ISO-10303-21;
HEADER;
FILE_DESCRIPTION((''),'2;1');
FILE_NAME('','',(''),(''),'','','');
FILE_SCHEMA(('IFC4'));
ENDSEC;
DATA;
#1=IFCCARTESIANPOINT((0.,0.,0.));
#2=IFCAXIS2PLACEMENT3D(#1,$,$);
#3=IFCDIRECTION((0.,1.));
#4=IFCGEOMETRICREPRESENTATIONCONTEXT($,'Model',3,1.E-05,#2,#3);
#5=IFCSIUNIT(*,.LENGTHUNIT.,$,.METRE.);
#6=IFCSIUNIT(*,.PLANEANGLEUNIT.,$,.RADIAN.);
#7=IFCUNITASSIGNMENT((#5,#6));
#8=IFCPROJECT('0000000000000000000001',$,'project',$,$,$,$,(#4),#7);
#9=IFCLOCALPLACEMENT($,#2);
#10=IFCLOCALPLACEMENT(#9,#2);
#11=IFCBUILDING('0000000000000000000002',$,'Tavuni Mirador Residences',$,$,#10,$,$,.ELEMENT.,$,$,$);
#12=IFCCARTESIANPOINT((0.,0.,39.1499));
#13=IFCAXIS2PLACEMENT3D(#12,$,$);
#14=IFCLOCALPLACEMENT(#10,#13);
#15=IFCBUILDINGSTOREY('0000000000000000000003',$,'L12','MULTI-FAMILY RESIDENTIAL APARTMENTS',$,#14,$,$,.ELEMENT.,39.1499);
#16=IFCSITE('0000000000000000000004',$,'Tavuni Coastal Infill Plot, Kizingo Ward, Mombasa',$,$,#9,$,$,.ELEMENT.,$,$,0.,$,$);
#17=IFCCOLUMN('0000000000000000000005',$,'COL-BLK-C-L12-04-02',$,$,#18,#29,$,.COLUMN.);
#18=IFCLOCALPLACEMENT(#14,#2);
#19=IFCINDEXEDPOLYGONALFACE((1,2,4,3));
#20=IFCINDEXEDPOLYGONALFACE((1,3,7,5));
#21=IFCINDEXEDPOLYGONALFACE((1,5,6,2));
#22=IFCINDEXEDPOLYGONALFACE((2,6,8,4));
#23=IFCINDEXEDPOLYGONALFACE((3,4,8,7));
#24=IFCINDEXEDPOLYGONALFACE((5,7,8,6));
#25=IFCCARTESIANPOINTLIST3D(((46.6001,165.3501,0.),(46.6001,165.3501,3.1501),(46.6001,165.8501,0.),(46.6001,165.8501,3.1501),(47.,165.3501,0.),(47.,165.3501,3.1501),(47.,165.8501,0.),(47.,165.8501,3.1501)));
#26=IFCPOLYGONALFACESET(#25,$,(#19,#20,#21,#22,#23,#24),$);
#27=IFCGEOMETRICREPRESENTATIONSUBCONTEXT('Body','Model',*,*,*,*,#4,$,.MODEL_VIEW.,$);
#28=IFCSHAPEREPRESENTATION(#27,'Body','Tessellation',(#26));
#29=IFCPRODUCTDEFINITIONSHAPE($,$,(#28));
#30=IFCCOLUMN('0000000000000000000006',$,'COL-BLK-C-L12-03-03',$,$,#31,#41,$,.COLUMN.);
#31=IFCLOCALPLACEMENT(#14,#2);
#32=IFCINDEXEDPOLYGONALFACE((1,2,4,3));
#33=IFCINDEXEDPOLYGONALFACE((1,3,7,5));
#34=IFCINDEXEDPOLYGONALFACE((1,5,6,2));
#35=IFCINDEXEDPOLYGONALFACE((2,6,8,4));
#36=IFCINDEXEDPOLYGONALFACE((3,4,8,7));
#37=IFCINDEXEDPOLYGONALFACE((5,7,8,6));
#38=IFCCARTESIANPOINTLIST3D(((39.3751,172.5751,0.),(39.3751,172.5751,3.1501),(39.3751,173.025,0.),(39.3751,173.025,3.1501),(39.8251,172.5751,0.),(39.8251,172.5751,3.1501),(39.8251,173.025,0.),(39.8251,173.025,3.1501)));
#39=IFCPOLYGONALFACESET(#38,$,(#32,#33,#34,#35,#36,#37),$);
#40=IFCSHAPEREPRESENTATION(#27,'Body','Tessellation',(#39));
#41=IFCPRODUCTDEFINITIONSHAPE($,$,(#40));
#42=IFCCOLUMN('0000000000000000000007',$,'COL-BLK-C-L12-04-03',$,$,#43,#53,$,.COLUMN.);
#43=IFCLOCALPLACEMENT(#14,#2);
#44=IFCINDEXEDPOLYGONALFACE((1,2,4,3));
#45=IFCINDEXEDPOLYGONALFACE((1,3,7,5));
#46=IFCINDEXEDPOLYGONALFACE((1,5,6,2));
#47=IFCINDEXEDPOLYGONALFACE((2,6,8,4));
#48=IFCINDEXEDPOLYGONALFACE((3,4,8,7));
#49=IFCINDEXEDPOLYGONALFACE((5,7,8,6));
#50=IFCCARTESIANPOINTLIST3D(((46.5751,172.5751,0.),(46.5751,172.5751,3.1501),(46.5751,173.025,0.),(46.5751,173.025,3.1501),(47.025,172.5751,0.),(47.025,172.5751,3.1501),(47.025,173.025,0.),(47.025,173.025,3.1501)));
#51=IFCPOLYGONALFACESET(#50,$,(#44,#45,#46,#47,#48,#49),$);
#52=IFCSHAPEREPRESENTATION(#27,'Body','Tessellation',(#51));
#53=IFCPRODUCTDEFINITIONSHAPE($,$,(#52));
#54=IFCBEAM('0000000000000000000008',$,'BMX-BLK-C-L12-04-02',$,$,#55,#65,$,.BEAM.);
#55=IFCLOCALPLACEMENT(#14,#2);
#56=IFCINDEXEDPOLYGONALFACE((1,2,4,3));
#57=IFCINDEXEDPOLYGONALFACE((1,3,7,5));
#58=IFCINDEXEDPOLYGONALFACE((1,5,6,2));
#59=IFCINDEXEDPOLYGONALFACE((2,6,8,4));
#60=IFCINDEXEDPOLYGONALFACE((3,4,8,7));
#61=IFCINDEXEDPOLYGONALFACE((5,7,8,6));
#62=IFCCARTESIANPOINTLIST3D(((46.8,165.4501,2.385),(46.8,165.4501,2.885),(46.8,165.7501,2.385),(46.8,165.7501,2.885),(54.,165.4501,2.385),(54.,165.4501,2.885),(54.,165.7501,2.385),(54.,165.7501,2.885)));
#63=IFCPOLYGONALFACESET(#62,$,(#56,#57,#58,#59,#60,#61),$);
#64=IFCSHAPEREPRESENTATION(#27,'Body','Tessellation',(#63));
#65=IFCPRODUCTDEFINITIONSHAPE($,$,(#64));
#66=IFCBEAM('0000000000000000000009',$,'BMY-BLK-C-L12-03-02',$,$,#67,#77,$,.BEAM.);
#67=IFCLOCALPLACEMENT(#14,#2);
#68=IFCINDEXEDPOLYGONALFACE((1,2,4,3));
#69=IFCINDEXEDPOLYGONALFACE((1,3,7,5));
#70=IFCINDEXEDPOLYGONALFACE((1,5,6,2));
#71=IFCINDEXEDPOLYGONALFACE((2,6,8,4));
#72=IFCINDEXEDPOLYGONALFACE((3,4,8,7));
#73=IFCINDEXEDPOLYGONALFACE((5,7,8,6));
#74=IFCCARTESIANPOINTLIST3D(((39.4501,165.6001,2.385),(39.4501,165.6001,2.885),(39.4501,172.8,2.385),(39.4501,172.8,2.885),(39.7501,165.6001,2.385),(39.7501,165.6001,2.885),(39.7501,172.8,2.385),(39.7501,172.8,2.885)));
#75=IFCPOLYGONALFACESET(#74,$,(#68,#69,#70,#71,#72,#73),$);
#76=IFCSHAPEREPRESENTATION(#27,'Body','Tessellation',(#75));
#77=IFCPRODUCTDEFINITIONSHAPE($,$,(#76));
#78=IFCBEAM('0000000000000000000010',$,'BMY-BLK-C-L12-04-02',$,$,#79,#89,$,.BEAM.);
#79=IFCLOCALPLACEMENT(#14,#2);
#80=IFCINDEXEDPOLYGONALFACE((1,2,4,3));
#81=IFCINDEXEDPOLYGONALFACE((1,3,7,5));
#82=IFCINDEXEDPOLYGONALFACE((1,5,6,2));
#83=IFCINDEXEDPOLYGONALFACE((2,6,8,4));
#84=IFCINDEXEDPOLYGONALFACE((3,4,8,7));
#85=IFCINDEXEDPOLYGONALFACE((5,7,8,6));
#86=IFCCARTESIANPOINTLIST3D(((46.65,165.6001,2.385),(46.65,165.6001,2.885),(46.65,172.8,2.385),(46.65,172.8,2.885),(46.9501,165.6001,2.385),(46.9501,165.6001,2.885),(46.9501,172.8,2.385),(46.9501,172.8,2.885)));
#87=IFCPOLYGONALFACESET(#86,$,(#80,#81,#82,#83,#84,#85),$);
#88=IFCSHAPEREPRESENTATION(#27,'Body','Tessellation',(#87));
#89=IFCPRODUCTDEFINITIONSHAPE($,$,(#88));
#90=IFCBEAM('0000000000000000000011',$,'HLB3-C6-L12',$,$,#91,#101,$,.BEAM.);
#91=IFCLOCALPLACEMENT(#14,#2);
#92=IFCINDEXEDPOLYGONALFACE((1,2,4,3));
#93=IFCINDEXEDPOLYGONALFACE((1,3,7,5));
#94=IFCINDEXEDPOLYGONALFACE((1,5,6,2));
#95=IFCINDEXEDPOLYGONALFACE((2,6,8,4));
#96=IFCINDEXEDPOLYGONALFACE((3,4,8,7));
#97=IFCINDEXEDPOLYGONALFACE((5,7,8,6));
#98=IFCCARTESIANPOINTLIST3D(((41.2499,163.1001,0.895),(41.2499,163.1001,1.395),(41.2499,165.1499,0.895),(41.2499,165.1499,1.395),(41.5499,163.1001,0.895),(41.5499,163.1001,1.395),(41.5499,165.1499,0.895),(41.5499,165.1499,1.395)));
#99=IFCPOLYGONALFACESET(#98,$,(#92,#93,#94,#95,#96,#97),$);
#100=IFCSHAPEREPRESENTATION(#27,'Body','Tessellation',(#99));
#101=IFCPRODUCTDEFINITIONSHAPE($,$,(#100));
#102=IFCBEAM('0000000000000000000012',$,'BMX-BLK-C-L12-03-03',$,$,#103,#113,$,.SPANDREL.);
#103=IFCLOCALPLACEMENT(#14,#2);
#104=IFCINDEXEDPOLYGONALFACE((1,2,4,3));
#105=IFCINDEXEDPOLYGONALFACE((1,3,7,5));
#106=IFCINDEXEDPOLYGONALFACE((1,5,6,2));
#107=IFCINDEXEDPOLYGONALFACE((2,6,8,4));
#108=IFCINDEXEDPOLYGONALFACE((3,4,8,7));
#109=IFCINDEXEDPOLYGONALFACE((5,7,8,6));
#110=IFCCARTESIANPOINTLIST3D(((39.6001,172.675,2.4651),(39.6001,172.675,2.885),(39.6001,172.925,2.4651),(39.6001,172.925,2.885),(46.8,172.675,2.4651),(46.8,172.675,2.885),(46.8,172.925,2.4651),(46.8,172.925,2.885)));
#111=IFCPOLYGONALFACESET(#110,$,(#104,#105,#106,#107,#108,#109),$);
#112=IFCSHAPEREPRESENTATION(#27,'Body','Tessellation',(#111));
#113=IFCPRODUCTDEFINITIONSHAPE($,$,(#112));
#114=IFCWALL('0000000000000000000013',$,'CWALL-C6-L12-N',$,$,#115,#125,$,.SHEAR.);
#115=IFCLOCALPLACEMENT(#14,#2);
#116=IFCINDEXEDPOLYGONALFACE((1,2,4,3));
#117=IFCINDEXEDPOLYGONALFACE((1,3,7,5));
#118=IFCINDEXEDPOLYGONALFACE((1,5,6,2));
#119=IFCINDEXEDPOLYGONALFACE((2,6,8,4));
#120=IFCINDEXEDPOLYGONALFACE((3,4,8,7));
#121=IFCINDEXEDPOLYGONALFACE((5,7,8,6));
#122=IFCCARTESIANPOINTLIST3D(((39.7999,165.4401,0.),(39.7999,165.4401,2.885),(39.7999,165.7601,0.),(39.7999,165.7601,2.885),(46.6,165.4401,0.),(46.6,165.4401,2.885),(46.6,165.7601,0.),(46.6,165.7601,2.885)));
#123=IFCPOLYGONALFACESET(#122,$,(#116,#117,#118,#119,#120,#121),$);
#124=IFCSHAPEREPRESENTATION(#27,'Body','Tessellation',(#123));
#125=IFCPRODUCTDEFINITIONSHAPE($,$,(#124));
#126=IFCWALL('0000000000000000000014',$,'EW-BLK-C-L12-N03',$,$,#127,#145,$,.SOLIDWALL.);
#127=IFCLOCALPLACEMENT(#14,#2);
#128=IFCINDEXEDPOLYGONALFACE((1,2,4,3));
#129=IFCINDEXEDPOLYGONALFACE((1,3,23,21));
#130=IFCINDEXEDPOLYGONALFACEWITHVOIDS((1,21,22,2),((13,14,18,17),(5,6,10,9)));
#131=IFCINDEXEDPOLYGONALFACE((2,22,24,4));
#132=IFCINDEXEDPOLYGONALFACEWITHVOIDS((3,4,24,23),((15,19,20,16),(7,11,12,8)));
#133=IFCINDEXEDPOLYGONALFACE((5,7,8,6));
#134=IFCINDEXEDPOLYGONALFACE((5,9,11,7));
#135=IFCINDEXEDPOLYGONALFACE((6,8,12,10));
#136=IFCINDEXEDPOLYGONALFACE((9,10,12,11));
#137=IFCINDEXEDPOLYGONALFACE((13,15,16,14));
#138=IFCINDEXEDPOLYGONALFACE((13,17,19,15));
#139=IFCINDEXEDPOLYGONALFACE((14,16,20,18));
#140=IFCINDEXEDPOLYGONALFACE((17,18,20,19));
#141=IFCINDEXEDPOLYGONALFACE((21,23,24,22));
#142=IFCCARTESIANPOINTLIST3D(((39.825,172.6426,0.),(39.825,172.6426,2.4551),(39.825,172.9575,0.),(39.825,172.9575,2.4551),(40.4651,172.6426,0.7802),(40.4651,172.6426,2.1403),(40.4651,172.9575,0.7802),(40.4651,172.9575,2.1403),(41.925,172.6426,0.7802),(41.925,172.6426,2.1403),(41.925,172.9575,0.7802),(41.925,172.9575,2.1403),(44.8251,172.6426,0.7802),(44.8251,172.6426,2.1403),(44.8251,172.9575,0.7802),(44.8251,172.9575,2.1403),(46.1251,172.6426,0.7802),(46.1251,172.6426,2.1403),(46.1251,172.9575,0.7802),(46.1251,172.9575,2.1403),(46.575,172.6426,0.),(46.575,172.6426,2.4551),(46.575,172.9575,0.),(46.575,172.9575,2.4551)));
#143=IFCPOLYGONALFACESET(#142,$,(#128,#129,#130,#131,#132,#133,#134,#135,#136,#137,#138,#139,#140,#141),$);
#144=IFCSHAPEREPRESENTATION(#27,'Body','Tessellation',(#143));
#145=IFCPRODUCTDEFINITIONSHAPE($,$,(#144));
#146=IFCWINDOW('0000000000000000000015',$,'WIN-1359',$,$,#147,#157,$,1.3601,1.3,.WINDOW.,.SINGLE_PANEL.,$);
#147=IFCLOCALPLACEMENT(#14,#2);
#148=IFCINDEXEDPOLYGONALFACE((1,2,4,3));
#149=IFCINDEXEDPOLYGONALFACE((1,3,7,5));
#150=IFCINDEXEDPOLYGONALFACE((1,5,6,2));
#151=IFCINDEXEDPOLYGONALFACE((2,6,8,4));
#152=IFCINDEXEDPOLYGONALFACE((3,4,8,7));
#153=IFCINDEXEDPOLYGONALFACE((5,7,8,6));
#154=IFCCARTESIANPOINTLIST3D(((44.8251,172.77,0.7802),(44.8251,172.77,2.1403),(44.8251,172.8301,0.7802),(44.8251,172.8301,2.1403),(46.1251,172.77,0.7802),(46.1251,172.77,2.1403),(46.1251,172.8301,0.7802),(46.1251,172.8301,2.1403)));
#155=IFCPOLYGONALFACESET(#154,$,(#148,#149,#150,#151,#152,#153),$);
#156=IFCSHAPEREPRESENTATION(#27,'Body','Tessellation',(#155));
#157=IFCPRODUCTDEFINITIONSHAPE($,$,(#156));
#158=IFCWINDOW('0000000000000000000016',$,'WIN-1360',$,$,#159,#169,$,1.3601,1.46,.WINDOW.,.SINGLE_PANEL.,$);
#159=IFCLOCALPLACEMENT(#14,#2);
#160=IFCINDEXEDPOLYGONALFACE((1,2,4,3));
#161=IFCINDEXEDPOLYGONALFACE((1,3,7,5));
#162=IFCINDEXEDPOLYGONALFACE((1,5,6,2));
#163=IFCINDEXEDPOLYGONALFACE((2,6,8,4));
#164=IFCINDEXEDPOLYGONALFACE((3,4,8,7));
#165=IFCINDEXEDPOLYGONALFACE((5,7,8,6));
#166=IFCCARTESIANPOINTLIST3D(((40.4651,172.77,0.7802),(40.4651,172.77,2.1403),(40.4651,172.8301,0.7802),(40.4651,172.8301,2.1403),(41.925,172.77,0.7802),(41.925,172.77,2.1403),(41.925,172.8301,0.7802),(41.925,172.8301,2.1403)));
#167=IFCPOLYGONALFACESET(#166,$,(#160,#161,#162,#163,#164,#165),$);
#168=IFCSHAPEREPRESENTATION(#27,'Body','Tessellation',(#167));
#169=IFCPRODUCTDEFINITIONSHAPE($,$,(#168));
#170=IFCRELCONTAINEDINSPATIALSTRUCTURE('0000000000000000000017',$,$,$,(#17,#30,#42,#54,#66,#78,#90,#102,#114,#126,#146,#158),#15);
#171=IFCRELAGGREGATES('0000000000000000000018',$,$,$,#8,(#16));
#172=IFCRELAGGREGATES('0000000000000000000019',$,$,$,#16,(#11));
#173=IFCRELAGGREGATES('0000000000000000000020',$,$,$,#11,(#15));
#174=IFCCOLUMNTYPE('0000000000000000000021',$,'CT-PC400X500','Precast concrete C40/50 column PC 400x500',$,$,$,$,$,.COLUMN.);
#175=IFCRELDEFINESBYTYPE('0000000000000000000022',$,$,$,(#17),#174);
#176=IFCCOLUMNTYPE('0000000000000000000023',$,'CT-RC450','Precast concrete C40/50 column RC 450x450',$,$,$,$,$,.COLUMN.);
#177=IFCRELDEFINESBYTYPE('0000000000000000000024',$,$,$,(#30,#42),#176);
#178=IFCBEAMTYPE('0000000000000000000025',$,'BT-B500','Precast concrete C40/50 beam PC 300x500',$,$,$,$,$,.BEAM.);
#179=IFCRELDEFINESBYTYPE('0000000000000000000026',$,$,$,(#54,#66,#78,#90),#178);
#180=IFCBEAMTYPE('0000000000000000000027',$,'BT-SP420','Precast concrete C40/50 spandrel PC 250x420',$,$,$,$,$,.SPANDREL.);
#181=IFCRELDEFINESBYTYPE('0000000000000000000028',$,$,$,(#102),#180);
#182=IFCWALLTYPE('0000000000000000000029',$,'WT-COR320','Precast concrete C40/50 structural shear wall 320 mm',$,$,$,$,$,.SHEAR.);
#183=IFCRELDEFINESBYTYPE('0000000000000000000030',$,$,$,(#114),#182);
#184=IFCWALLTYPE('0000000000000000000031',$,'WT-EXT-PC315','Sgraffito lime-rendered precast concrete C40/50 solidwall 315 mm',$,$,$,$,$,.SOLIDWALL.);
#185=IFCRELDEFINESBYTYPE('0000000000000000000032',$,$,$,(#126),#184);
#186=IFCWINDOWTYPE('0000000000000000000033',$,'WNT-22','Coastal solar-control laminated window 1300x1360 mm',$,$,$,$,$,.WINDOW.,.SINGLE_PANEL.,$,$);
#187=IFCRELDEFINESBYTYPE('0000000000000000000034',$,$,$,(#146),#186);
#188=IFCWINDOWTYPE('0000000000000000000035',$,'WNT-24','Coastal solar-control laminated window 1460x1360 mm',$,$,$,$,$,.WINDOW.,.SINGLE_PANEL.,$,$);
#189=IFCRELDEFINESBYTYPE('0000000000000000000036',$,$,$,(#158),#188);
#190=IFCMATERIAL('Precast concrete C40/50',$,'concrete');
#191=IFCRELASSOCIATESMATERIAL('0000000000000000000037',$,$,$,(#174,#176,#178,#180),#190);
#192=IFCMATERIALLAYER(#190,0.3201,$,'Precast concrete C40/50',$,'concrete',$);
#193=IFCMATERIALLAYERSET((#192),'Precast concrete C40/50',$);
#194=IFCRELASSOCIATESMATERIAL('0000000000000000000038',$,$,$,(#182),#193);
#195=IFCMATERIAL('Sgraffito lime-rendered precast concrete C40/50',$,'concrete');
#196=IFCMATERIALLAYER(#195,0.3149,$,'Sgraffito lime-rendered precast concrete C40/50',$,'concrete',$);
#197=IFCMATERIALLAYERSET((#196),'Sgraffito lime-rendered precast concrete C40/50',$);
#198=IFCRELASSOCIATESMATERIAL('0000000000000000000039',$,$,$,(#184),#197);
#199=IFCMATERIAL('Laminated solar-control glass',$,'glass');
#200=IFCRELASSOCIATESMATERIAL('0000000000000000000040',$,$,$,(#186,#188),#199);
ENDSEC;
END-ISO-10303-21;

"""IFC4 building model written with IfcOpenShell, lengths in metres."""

from ifc_helpers import new_model, si_unit, direction, frame, frame_2d, origin, origin_2d, place, context, subcontext, project, spatial, rectangle, extrude, material, layer, layer_set, material_profile, profile_set, type_object, element, fill, save


model = new_model("IFC4")

# Units and contexts
model_context = context("Model", 3, precision=1e-05, world=origin(), true_north=direction((0.0, 1.0)))
body_context = subcontext(model_context, "Body", "Model", "MODEL_VIEW")
ifc_project = project(units=[si_unit("LENGTHUNIT", "METRE"), si_unit("PLANEANGLEUNIT", "RADIAN")], contexts=[model_context])

# Site, building, storey
site_placement = place(None, origin())
site = spatial("IfcSite", under=ifc_project, at=site_placement, Name="Tavuni Coastal Infill Plot, Kizingo Ward, Mombasa", CompositionType="ELEMENT", RefElevation=0.0)
building_placement = place(site_placement, origin())
building = spatial("IfcBuilding", under=site, at=building_placement, Name="Tavuni Mirador Residences", CompositionType="ELEMENT")
storey_placement = place(building_placement, frame((0.0, 0.0, 39.1499)))
storey = spatial("IfcBuildingStorey", under=building, at=storey_placement, Name="L12", Description="MULTI-FAMILY RESIDENTIAL APARTMENTS", CompositionType="ELEMENT", Elevation=39.1499)

# Columns
ifc_material_1 = material(Name="Precast concrete C40/50", Category="concrete")
ifc_material_profile_1 = material_profile(ifc_material_1, rectangle(XDim=0.3999, YDim=0.5, at=origin_2d()), Name="PC 400x500", Category="concrete")
ifc_profile_set_1 = profile_set([ifc_material_profile_1], Name="Precast concrete C40/50")
column_type_1 = type_object("IfcColumnType", Name="CT-PC400X500", Description="Precast concrete C40/50 column PC 400x500", PredefinedType="COLUMN", material=ifc_profile_set_1)
column_placement = place(storey_placement, frame((46.8, 165.6001, 0.0), z_axis=(0.0, 0.0, 1.0), x_axis=(1.0, 0.0, 0.0)))
element("IfcColumn", 1, at=column_placement, inside=storey, type_object=column_type_1, Name="COL-BLK-C-L12-04-02", PredefinedType="COLUMN", context=body_context, shape_type="SweptSolid", body=[
    extrude(rectangle(XDim=0.3999, YDim=0.5, at=origin_2d()), origin(), (0.0, 0.0, 1.0), 3.1501),
])
ifc_material_profile_2 = material_profile(ifc_material_1, rectangle(XDim=0.45, YDim=0.45, at=origin_2d()), Name="RC 450x450", Category="concrete")
ifc_profile_set_2 = profile_set([ifc_material_profile_2], Name="Precast concrete C40/50")
column_type_2 = type_object("IfcColumnType", Name="CT-RC450", Description="Precast concrete C40/50 column RC 450x450", PredefinedType="COLUMN", material=ifc_profile_set_2)
for number, where, z_axis, x_axis, name in (
    (2, (39.6001, 172.8, 0.0), (0.0, 0.0, 1.0), (1.0, 0.0, 0.0), "COL-BLK-C-L12-03-03"),
    (3, (46.8, 172.8, 0.0), (0.0, 0.0, 1.0), (1.0, 0.0, 0.0), "COL-BLK-C-L12-04-03"),
):
    element("IfcColumn", number, at=place(storey_placement, frame(where, z_axis=z_axis, x_axis=x_axis)), inside=storey, type_object=column_type_2, Name=name, PredefinedType="COLUMN", context=body_context, shape_type="SweptSolid", body=[
        extrude(rectangle(XDim=0.45, YDim=0.45, at=origin_2d()), origin(), (0.0, 0.0, 1.0), 3.1501),
    ])

# Beams
ifc_material_profile_3 = material_profile(ifc_material_1, rectangle(XDim=0.3, YDim=0.5, at=origin_2d()), Name="PC 300x500", Category="concrete")
ifc_profile_set_3 = profile_set([ifc_material_profile_3], Name="Precast concrete C40/50")
beam_type_1 = type_object("IfcBeamType", Name="BT-B500", Description="Precast concrete C40/50 beam PC 300x500", PredefinedType="BEAM", material=ifc_profile_set_3)
for number, where, z_axis, x_axis, name in (
    (4, (46.8, 165.6001, 2.635), (1.0, 0.0, 0.0), (0.0, 1.0, 0.0), "BMX-BLK-C-L12-04-02"),
    (5, (39.6001, 165.6001, 2.635), (0.0, 1.0, 0.0), (-1.0, 0.0, 0.0), "BMY-BLK-C-L12-03-02"),
    (6, (46.8, 165.6001, 2.635), (0.0, 1.0, 0.0), (-1.0, 0.0, 0.0), "BMY-BLK-C-L12-04-02"),
):
    element("IfcBeam", number, at=place(storey_placement, frame(where, z_axis=z_axis, x_axis=x_axis)), inside=storey, type_object=beam_type_1, Name=name, PredefinedType="BEAM", context=body_context, shape_type="SweptSolid", body=[
        extrude(rectangle(XDim=0.3, YDim=0.5, at=origin_2d()), origin(), (0.0, 0.0, 1.0), 7.2),
    ])
beam_1_placement = place(storey_placement, frame((41.3999, 163.1001, 1.145), z_axis=(0.0, 1.0, 0.0), x_axis=(-1.0, 0.0, 0.0)))
element("IfcBeam", 7, at=beam_1_placement, inside=storey, type_object=beam_type_1, Name="HLB3-C6-L12", PredefinedType="BEAM", context=body_context, shape_type="SweptSolid", body=[
    extrude(rectangle(XDim=0.3, YDim=0.5, at=origin_2d()), origin(), (0.0, 0.0, 1.0), 2.0498),
])
ifc_material_profile_4 = material_profile(ifc_material_1, rectangle(XDim=0.25, YDim=0.4199, at=origin_2d()), Name="PC 250x420", Category="concrete")
ifc_profile_set_4 = profile_set([ifc_material_profile_4], Name="Precast concrete C40/50")
beam_type_2 = type_object("IfcBeamType", Name="BT-SP420", Description="Precast concrete C40/50 spandrel PC 250x420", PredefinedType="SPANDREL", material=ifc_profile_set_4)
beam_2_placement = place(storey_placement, frame((39.6001, 172.8, 2.675), z_axis=(1.0, 0.0, 0.0), x_axis=(0.0, 1.0, 0.0)))
element("IfcBeam", 8, at=beam_2_placement, inside=storey, type_object=beam_type_2, Name="BMX-BLK-C-L12-03-03", PredefinedType="SPANDREL", context=body_context, shape_type="SweptSolid", body=[
    extrude(rectangle(XDim=0.25, YDim=0.4199, at=origin_2d()), origin(), (0.0, 0.0, 1.0), 7.2),
])

# Wall
ifc_layer_1 = layer(ifc_material_1, 0.3201, Name="Precast concrete C40/50", Category="concrete")
ifc_layer_set_1 = layer_set([ifc_layer_1], Name="Precast concrete C40/50")
wall_type_1 = type_object("IfcWallType", Name="WT-COR320", Description="Precast concrete C40/50 structural shear wall 320 mm", PredefinedType="SHEAR", material=ifc_layer_set_1)
wall_1_placement = place(storey_placement, frame((39.8, 165.6001, 0.0), z_axis=(0.0, 0.0, 1.0), x_axis=(1.0, 0.0, 0.0)))
element("IfcWall", 9, at=wall_1_placement, inside=storey, type_object=wall_type_1, Name="CWALL-C6-L12-N", PredefinedType="SHEAR", context=body_context, shape_type="SweptSolid", body=[
    extrude(rectangle(XDim=6.8, YDim=0.3201, at=frame_2d((3.3999, 0.0))), origin(), (0.0, 0.0, 1.0), 2.885),
])

# Wall, openings, windows
ifc_material_2 = material(Name="Sgraffito lime-rendered precast concrete C40/50", Category="concrete")
ifc_layer_2 = layer(ifc_material_2, 0.3149, Name="Sgraffito lime-rendered precast concrete C40/50", Category="concrete")
ifc_layer_set_2 = layer_set([ifc_layer_2], Name="Sgraffito lime-rendered precast concrete C40/50")
wall_type_2 = type_object("IfcWallType", Name="WT-EXT-PC315", Description="Sgraffito lime-rendered precast concrete C40/50 solidwall 315 mm", PredefinedType="SOLIDWALL", material=ifc_layer_set_2)
wall_2_placement = place(storey_placement, frame((46.575, 172.8, 0.0), z_axis=(0.0, 0.0, 1.0), x_axis=(-1.0, 0.0, 0.0)))
wall_2 = element("IfcWall", 10, at=wall_2_placement, inside=storey, type_object=wall_type_2, Name="EW-BLK-C-L12-N03", PredefinedType="SOLIDWALL", context=body_context, shape_type="SweptSolid", body=[
    extrude(rectangle(XDim=6.75, YDim=0.3149, at=frame_2d((3.375, 0.0))), origin(), (0.0, 0.0, 1.0), 2.4551),
])
opening_1_placement = place(wall_2_placement, frame((0.45, 0.0, 0.78)))
opening_1 = element("IfcOpeningElement", 11, at=opening_1_placement, cuts=wall_2, PredefinedType="OPENING", context=body_context, shape_type="SweptSolid", body=[
    extrude(rectangle(XDim=1.3, YDim=1.3601, at=frame_2d((0.6499, 0.6802))), frame((0.0, 0.1675, 0.0), z_axis=(0.0, -1.0, 0.0), x_axis=(1.0, 0.0, 0.0)), (0.0, 0.0, 1.0), 0.335),
])
opening_2_placement = place(wall_2_placement, frame((4.6499, 0.0, 0.78)))
opening_2 = element("IfcOpeningElement", 12, at=opening_2_placement, cuts=wall_2, PredefinedType="OPENING", context=body_context, shape_type="SweptSolid", body=[
    extrude(rectangle(XDim=1.46, YDim=1.3601, at=frame_2d((0.73, 0.6802))), frame((0.0, 0.1675, 0.0), z_axis=(0.0, -1.0, 0.0), x_axis=(1.0, 0.0, 0.0)), (0.0, 0.0, 1.0), 0.335),
])
ifc_material_3 = material(Name="Laminated solar-control glass", Category="glass")
window_type_1 = type_object("IfcWindowType", Name="WNT-22", Description="Coastal solar-control laminated window 1300x1360 mm", PartitioningType="SINGLE_PANEL", PredefinedType="WINDOW", material=ifc_material_3)
window_1_placement = place(opening_1_placement, origin())
window_1 = element("IfcWindow", 13, at=window_1_placement, inside=storey, type_object=window_type_1, Name="WIN-1359", OverallHeight=1.3601, OverallWidth=1.3, PartitioningType="SINGLE_PANEL", PredefinedType="WINDOW", context=body_context, shape_type="SweptSolid", body=[
    extrude(rectangle(XDim=1.3, YDim=1.3601, at=frame_2d((0.6499, 0.6802))), frame((0.0, 0.03, 0.0), z_axis=(0.0, -1.0, 0.0), x_axis=(1.0, 0.0, 0.0)), (0.0, 0.0, 1.0), 0.0601),
])
fill(opening_1, window_1)
window_type_2 = type_object("IfcWindowType", Name="WNT-24", Description="Coastal solar-control laminated window 1460x1360 mm", PartitioningType="SINGLE_PANEL", PredefinedType="WINDOW", material=ifc_material_3)
window_2_placement = place(opening_2_placement, origin())
window_2 = element("IfcWindow", 14, at=window_2_placement, inside=storey, type_object=window_type_2, Name="WIN-1360", OverallHeight=1.3601, OverallWidth=1.46, PartitioningType="SINGLE_PANEL", PredefinedType="WINDOW", context=body_context, shape_type="SweptSolid", body=[
    extrude(rectangle(XDim=1.46, YDim=1.3601, at=frame_2d((0.73, 0.6802))), frame((0.0, 0.03, 0.0), z_axis=(0.0, -1.0, 0.0), x_axis=(1.0, 0.0, 0.0)), (0.0, 0.0, 1.0), 0.0601),
])
fill(opening_2, window_2)

save(model, "model.ifc")
